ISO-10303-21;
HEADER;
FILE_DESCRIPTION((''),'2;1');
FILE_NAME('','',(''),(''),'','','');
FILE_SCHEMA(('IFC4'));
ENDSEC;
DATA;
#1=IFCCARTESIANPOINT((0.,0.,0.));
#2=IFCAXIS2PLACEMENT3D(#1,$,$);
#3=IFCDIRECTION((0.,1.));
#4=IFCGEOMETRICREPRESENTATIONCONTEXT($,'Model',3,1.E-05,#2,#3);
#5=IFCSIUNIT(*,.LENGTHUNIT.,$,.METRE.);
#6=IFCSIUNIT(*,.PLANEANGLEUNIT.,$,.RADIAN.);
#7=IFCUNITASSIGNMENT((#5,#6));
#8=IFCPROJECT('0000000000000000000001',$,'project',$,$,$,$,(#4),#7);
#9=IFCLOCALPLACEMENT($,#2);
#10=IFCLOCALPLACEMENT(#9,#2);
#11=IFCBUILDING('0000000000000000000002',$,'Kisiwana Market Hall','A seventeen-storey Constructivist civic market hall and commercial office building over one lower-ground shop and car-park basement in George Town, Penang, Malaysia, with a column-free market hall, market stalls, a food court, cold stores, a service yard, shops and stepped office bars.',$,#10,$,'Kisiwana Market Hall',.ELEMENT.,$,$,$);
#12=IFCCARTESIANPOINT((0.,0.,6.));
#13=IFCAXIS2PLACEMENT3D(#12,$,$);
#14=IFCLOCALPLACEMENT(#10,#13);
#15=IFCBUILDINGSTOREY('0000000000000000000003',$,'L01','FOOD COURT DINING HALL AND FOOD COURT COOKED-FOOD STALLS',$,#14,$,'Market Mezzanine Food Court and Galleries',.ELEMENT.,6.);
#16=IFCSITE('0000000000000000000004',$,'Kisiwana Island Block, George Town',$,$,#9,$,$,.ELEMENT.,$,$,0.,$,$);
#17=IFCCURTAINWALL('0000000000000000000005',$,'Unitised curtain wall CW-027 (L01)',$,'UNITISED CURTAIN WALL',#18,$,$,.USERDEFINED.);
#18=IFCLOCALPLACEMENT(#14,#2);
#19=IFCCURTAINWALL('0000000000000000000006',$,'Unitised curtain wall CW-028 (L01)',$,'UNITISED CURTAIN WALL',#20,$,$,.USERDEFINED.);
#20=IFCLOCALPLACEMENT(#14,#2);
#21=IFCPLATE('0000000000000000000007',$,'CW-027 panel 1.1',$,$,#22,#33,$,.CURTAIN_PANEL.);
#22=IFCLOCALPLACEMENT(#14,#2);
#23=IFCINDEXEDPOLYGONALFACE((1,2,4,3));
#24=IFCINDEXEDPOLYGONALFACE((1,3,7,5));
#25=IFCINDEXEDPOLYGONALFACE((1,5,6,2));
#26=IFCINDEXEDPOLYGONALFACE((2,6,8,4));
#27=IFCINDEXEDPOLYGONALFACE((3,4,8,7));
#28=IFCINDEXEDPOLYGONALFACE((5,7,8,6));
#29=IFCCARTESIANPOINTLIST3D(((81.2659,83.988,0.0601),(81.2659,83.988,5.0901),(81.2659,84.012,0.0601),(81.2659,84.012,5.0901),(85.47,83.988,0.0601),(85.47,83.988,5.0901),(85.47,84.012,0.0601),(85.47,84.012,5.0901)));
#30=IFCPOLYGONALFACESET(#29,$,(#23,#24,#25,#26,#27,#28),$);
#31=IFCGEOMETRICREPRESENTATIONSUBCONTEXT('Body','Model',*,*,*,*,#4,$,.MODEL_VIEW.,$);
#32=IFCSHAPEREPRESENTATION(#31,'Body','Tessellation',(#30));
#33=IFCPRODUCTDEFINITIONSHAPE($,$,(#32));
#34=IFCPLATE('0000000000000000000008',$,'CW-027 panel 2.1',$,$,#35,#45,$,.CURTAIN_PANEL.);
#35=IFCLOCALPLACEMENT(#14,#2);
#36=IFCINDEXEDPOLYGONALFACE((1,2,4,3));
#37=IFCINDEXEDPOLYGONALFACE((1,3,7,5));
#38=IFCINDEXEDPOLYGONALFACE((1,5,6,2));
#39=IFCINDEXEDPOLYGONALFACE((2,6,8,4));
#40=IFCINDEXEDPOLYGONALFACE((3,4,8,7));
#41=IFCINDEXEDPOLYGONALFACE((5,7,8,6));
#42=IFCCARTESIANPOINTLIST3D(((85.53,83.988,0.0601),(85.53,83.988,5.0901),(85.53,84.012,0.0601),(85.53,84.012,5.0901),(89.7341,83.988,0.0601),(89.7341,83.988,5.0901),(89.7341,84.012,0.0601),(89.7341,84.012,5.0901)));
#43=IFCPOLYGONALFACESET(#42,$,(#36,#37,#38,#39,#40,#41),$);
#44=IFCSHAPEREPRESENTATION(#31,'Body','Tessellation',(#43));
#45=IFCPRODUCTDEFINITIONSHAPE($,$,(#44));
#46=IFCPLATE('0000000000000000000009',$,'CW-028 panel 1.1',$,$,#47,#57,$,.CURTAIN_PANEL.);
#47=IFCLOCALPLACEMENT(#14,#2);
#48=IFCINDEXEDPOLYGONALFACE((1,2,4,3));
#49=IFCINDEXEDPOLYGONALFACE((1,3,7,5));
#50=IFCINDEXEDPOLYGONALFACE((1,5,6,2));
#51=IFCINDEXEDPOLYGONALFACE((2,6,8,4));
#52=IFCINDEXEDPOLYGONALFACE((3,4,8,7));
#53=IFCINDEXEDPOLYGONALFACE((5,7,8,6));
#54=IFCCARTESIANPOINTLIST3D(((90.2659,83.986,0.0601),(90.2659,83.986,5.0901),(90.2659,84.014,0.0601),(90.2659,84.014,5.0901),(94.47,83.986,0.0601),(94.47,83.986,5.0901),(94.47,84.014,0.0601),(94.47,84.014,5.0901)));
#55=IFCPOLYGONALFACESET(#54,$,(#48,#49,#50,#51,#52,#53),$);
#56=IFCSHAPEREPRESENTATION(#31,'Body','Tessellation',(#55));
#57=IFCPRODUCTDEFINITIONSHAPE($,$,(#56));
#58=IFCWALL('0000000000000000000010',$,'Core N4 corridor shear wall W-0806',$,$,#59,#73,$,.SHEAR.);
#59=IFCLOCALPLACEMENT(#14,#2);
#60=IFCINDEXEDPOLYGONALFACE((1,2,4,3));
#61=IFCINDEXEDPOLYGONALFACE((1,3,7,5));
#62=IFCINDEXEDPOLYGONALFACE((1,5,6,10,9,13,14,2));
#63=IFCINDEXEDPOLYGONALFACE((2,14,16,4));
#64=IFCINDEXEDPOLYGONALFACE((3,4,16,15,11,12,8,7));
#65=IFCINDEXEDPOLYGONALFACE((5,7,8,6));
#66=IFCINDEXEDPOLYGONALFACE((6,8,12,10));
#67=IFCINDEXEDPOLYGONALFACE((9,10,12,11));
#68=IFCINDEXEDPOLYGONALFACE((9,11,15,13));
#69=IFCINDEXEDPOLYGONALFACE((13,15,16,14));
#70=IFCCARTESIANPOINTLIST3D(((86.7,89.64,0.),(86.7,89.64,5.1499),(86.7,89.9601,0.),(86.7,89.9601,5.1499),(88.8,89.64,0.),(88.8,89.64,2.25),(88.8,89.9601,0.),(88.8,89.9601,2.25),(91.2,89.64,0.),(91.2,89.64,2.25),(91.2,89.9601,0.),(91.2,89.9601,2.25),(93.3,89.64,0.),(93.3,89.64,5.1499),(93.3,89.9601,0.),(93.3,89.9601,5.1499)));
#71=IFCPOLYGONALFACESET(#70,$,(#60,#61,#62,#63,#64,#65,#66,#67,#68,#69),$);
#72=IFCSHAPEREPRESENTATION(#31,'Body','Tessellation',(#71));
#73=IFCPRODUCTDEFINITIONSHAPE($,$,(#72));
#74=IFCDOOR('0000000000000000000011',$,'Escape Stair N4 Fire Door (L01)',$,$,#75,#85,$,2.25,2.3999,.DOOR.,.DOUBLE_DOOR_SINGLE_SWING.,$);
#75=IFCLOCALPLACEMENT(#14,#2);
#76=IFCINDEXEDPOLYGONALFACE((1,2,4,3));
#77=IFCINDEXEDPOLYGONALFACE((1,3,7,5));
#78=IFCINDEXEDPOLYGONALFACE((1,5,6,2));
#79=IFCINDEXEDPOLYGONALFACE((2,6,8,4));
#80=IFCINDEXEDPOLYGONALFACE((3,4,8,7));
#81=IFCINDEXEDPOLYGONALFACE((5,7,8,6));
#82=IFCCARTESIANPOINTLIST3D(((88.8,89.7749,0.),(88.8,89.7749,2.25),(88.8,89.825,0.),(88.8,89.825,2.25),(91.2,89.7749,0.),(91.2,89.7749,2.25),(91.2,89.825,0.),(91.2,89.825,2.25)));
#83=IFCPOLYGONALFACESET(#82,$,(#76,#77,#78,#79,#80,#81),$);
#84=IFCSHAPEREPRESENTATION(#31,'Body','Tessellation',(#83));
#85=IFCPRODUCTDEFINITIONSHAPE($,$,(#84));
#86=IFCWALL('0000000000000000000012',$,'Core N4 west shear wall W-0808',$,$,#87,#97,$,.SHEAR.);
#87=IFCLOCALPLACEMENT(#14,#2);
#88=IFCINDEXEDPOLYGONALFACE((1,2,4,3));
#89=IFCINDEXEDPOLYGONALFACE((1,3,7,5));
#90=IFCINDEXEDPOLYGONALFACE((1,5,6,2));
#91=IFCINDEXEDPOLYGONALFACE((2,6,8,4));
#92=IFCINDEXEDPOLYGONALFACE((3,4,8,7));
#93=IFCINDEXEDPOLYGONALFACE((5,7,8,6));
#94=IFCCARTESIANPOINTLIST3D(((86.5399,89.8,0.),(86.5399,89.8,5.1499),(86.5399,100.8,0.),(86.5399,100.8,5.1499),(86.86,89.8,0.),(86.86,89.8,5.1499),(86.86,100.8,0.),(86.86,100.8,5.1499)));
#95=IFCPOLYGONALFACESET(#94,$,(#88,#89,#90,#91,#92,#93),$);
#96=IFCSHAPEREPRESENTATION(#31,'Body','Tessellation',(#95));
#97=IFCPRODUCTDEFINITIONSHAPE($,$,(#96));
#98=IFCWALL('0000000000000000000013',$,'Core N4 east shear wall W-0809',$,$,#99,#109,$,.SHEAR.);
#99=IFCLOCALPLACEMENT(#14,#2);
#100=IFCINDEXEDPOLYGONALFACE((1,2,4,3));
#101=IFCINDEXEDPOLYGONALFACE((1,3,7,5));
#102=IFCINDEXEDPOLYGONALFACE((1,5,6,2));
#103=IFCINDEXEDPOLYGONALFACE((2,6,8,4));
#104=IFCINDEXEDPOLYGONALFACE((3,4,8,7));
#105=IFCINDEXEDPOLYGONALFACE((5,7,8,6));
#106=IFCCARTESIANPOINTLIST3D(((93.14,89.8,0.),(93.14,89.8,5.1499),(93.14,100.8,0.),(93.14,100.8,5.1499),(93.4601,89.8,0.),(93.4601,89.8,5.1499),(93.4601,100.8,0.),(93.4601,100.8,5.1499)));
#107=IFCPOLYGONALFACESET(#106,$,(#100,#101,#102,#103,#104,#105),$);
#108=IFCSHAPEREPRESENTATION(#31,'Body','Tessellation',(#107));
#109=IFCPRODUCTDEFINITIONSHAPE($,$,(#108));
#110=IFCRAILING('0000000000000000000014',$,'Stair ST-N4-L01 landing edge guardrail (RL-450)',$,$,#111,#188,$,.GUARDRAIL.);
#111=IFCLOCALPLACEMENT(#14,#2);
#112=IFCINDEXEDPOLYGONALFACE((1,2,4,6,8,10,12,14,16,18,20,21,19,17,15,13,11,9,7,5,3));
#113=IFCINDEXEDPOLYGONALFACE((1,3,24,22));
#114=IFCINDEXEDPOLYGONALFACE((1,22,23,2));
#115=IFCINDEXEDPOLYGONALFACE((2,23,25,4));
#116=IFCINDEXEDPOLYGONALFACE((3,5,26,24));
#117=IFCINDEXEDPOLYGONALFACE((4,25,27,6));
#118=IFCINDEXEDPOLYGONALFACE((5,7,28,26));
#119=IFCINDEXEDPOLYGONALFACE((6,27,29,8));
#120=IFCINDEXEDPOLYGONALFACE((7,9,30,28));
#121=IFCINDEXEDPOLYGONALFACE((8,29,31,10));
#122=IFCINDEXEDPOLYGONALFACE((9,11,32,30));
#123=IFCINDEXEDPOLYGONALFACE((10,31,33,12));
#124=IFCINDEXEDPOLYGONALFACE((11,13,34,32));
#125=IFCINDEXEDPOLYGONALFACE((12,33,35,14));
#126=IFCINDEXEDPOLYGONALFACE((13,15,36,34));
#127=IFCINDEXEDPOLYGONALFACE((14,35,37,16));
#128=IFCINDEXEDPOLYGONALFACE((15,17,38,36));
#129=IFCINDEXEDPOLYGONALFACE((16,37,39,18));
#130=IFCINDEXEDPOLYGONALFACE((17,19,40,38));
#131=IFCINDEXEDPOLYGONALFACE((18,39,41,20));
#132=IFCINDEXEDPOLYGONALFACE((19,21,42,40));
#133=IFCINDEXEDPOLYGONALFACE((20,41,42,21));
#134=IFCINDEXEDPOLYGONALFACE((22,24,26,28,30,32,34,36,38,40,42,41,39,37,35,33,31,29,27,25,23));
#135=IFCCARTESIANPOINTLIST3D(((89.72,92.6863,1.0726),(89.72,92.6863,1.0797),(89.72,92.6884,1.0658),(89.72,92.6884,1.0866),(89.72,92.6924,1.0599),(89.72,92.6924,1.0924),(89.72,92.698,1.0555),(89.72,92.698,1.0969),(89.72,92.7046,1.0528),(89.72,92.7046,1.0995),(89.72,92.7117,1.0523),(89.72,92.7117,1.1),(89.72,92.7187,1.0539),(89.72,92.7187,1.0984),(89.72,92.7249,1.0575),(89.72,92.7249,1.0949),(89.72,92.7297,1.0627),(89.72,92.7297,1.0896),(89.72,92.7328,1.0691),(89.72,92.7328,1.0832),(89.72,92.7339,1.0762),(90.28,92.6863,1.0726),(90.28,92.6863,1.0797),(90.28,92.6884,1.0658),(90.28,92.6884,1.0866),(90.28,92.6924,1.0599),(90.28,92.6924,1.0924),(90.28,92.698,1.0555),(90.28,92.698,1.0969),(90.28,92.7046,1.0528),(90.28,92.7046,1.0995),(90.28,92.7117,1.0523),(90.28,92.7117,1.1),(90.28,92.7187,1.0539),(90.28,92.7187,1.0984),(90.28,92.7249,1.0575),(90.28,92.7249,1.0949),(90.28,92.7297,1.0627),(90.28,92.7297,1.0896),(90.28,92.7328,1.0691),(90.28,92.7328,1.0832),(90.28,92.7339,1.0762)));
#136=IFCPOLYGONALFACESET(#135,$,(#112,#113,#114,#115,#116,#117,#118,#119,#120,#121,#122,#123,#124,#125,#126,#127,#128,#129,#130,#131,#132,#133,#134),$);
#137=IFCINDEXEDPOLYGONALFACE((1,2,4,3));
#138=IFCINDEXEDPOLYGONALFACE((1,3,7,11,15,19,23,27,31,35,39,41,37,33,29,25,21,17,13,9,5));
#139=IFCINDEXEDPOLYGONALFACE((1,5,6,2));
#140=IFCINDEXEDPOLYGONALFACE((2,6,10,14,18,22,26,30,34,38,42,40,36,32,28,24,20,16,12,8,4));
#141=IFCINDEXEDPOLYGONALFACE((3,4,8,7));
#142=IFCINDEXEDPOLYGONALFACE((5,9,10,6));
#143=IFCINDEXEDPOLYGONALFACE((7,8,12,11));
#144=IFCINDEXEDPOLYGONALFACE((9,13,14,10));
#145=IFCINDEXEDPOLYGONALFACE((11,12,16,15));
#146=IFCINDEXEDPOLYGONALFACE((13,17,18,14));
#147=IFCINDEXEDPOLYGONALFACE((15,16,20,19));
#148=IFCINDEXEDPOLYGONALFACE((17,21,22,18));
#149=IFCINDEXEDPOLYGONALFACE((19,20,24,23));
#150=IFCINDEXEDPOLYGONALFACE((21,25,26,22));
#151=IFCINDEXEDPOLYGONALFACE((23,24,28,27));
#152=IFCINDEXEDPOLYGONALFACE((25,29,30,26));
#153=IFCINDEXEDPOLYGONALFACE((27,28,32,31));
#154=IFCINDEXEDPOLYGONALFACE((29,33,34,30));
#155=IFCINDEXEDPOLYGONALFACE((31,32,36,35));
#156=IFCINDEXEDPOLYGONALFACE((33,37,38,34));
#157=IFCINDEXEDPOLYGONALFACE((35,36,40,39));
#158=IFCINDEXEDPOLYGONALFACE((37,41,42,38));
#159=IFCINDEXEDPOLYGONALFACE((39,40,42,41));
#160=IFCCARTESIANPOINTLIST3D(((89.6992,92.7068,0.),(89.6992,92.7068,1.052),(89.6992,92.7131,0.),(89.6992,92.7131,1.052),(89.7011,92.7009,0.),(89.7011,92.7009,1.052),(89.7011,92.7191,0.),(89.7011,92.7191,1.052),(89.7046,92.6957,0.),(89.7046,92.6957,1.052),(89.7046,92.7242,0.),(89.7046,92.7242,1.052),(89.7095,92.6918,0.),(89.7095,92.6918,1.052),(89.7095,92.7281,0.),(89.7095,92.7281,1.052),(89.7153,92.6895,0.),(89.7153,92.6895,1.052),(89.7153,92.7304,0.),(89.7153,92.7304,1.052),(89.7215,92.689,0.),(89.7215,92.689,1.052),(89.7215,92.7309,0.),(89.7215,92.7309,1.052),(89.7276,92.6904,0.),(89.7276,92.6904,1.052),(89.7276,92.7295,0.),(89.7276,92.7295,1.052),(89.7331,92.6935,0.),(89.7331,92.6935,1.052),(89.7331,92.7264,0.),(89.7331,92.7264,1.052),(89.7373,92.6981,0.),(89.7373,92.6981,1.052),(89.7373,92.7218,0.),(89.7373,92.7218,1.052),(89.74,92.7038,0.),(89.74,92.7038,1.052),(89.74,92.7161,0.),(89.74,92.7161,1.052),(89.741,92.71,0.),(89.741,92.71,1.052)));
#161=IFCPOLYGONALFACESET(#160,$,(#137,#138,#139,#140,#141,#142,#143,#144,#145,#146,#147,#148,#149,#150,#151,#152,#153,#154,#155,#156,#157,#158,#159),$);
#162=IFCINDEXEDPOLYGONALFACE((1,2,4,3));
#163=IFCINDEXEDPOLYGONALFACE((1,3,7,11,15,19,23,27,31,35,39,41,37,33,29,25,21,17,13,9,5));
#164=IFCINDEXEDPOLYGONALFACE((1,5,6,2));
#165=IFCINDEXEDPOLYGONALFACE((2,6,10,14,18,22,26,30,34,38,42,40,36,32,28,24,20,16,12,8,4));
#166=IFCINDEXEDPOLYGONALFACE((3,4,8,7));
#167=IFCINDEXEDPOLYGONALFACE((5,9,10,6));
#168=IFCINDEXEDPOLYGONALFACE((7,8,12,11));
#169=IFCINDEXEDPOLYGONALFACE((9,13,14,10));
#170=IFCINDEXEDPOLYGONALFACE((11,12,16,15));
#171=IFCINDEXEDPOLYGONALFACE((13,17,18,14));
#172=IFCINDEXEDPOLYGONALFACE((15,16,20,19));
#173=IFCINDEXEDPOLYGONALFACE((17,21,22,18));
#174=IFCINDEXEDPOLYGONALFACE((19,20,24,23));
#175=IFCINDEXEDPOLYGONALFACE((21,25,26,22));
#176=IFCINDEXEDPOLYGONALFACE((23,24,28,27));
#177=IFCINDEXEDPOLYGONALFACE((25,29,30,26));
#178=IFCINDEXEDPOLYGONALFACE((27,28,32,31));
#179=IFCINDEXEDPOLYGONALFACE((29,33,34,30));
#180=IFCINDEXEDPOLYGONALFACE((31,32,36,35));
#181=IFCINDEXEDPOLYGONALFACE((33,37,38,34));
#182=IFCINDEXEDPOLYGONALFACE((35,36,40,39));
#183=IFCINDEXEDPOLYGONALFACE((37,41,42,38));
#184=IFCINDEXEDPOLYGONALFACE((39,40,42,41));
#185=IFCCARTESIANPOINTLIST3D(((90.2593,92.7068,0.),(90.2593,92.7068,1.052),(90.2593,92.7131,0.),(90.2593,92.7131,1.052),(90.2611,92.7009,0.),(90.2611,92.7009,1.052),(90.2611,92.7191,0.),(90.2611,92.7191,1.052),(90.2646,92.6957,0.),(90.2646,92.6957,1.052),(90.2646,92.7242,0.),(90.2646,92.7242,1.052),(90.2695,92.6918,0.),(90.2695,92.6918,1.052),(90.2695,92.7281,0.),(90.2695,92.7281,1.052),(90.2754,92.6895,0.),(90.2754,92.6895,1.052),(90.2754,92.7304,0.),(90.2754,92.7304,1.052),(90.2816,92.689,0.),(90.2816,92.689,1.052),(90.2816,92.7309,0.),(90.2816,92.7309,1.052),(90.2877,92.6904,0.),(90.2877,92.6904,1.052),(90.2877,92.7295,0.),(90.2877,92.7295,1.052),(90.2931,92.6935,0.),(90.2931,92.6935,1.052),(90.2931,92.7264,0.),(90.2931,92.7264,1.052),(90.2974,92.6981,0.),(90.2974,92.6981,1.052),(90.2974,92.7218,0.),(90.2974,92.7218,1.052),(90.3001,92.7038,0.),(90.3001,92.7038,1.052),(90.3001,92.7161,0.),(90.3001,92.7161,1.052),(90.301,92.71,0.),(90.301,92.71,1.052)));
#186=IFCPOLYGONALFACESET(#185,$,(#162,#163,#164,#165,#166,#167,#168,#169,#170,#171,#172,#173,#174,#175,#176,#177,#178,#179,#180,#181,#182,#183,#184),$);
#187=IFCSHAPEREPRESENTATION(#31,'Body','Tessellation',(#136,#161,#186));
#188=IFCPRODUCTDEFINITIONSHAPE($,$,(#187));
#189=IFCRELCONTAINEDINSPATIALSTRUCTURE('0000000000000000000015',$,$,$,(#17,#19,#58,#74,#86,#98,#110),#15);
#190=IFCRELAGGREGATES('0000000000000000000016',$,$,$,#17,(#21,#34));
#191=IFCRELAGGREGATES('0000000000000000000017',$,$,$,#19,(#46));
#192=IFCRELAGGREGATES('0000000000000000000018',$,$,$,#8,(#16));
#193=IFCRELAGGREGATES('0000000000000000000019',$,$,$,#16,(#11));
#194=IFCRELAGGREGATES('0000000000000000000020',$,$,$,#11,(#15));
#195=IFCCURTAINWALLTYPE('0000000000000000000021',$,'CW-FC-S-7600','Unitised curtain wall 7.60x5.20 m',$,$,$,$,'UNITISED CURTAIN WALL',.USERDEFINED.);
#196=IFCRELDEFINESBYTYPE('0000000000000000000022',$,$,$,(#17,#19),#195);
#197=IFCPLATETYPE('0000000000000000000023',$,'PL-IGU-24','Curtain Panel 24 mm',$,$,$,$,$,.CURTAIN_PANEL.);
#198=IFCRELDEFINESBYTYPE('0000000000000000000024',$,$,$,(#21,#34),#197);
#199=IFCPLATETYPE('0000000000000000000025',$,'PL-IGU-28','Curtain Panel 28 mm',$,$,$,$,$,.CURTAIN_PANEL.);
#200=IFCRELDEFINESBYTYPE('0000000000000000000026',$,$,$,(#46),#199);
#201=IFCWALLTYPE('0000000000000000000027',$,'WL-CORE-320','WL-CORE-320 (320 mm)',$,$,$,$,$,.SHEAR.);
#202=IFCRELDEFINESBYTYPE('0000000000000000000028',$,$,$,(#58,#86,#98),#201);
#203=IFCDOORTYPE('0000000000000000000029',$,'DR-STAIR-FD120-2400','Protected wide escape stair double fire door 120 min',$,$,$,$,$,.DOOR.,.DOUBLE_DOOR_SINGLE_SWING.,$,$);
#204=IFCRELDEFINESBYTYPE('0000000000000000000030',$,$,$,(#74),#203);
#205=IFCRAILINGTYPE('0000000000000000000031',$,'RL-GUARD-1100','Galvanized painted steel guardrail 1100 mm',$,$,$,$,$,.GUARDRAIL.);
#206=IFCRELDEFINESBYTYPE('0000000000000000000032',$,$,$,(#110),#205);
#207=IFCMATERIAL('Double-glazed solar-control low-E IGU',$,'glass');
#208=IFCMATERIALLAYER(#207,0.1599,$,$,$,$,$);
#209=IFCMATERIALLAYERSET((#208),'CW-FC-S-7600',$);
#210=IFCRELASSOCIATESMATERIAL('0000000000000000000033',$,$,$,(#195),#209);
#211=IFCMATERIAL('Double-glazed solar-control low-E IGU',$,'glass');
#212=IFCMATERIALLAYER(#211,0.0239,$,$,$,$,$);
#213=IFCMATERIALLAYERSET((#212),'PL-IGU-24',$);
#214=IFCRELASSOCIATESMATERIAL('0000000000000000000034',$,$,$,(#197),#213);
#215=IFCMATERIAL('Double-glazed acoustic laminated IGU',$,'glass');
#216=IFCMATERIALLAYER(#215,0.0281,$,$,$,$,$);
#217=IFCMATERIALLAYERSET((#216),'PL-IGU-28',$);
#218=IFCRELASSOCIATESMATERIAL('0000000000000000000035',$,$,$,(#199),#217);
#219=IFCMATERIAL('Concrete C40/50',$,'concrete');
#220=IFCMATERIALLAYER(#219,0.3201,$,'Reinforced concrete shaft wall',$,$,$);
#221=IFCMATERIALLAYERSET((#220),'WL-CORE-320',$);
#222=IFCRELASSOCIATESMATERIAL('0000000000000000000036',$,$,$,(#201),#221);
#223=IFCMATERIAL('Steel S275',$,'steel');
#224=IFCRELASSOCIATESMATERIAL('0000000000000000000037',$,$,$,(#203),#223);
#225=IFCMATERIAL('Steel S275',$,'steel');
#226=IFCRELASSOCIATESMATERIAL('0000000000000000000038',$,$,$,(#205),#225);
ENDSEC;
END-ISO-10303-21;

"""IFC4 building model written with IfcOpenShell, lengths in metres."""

from ifc_helpers import new_model, si_unit, direction, frame, frame_2d, origin, origin_2d, place, context, subcontext, project, spatial, rectangle, circle, extrude, material, layer, layer_set, type_object, element, fill, aggregate, save


model = new_model("IFC4")

# Units and contexts
model_context = context("Model", 3, precision=1e-05, world=origin(), true_north=direction((0.0, 1.0)))
body_context = subcontext(model_context, "Body", "Model", "MODEL_VIEW")
ifc_project = project(units=[si_unit("LENGTHUNIT", "METRE"), si_unit("PLANEANGLEUNIT", "RADIAN")], contexts=[model_context])

# Site, building, storey
site_placement = place(None, origin())
site = spatial("IfcSite", under=ifc_project, at=site_placement, Name="Kisiwana Island Block, George Town", CompositionType="ELEMENT", RefElevation=0.0)
building_placement = place(site_placement, origin())
building = spatial("IfcBuilding", under=site, at=building_placement, Name="Kisiwana Market Hall", Description="A seventeen-storey Constructivist civic market hall and commercial office building over one lower-ground shop and car-park basement in George Town, Penang, Malaysia, with a column-free market hall, market stalls, a food court, cold stores, a service yard, shops and stepped office bars.", LongName="Kisiwana Market Hall", CompositionType="ELEMENT")
storey_placement = place(building_placement, frame((0.0, 0.0, 6.0)))
storey = spatial("IfcBuildingStorey", under=building, at=storey_placement, Name="L01", Description="FOOD COURT DINING HALL AND FOOD COURT COOKED-FOOD STALLS", LongName="Market Mezzanine Food Court and Galleries", CompositionType="ELEMENT", Elevation=6.0)

# Curtain wall
ifc_material_1 = material(Name="Double-glazed solar-control low-E IGU", Category="glass")
ifc_layer_1 = layer(ifc_material_1, 0.1599)
ifc_layer_set_1 = layer_set([ifc_layer_1], Name="CW-FC-S-7600")
curtain_wall_type = type_object("IfcCurtainWallType", Name="CW-FC-S-7600", Description="Unitised curtain wall 7.60x5.20 m", ElementType="UNITISED CURTAIN WALL", PredefinedType="USERDEFINED", material=ifc_layer_set_1)
curtain_wall_1_placement = place(storey_placement, origin())
curtain_wall_1 = element("IfcCurtainWall", 1, at=curtain_wall_1_placement, inside=storey, type_object=curtain_wall_type, Name="Unitised curtain wall CW-027 (L01)", ObjectType="UNITISED CURTAIN WALL", PredefinedType="USERDEFINED")

# Curtain wall
curtain_wall_2_placement = place(storey_placement, origin())
curtain_wall_2 = element("IfcCurtainWall", 2, at=curtain_wall_2_placement, inside=storey, type_object=curtain_wall_type, Name="Unitised curtain wall CW-028 (L01)", ObjectType="UNITISED CURTAIN WALL", PredefinedType="USERDEFINED")

# Plates
ifc_material_2 = material(Name="Double-glazed solar-control low-E IGU", Category="glass")
ifc_layer_2 = layer(ifc_material_2, 0.0239)
ifc_layer_set_2 = layer_set([ifc_layer_2], Name="PL-IGU-24")
plate_type_1 = type_object("IfcPlateType", Name="PL-IGU-24", Description="Curtain Panel 24 mm", PredefinedType="CURTAIN_PANEL", material=ifc_layer_set_2)
plate_1_placement = place(storey_placement, frame((83.3679, 84.0, 0.0601), z_axis=(0.0, 0.0, 1.0), x_axis=(1.0, 0.0, 0.0)))
plate_1 = element("IfcPlate", 3, at=plate_1_placement, type_object=plate_type_1, Name="CW-027 panel 1.1", PredefinedType="CURTAIN_PANEL", context=body_context, shape_type="SweptSolid", body=[
    extrude(rectangle(XDim=4.2041, YDim=0.0239, at=origin_2d()), origin(), (0.0, 0.0, 1.0), 5.03),
])
plate_2_placement = place(storey_placement, frame((87.6321, 84.0, 0.0601), z_axis=(0.0, 0.0, 1.0), x_axis=(1.0, 0.0, 0.0)))
plate_2 = element("IfcPlate", 4, at=plate_2_placement, type_object=plate_type_1, Name="CW-027 panel 2.1", PredefinedType="CURTAIN_PANEL", context=body_context, shape_type="SweptSolid", body=[
    extrude(rectangle(XDim=4.2041, YDim=0.0239, at=origin_2d()), origin(), (0.0, 0.0, 1.0), 5.03),
])
aggregate(curtain_wall_1, [plate_1, plate_2])
ifc_material_3 = material(Name="Double-glazed acoustic laminated IGU", Category="glass")
ifc_layer_3 = layer(ifc_material_3, 0.0281)
ifc_layer_set_3 = layer_set([ifc_layer_3], Name="PL-IGU-28")
plate_type_2 = type_object("IfcPlateType", Name="PL-IGU-28", Description="Curtain Panel 28 mm", PredefinedType="CURTAIN_PANEL", material=ifc_layer_set_3)
plate_3_placement = place(storey_placement, frame((92.3679, 84.0, 0.0601), z_axis=(0.0, 0.0, 1.0), x_axis=(1.0, 0.0, 0.0)))
plate_3 = element("IfcPlate", 5, at=plate_3_placement, type_object=plate_type_2, Name="CW-028 panel 1.1", PredefinedType="CURTAIN_PANEL", context=body_context, shape_type="SweptSolid", body=[
    extrude(rectangle(XDim=4.2041, YDim=0.0281, at=origin_2d()), origin(), (0.0, 0.0, 1.0), 5.03),
])
aggregate(curtain_wall_2, [plate_3])

# Wall, opening, door
ifc_material_4 = material(Name="Concrete C40/50", Category="concrete")
ifc_layer_4 = layer(ifc_material_4, 0.3201, Name="Reinforced concrete shaft wall")
ifc_layer_set_4 = layer_set([ifc_layer_4], Name="WL-CORE-320")
wall_type = type_object("IfcWallType", Name="WL-CORE-320", Description="WL-CORE-320 (320 mm)", PredefinedType="SHEAR", material=ifc_layer_set_4)
wall_placement = place(storey_placement, frame((86.7, 89.8, 0.0), z_axis=(0.0, 0.0, 1.0), x_axis=(1.0, 0.0, 0.0)))
wall = element("IfcWall", 6, at=wall_placement, inside=storey, type_object=wall_type, Name="Core N4 corridor shear wall W-0806", PredefinedType="SHEAR", context=body_context, shape_type="SweptSolid", body=[
    extrude(rectangle(XDim=6.6001, YDim=0.3201, at=frame_2d((3.3, 0.0))), origin(), (0.0, 0.0, 1.0), 5.1499),
])
opening_placement = place(wall_placement, frame((2.1001, 0.0, 0.0)))
opening = element("IfcOpeningElement", 7, at=opening_placement, cuts=wall, PredefinedType="OPENING", context=body_context, shape_type="SweptSolid", body=[
    extrude(rectangle(XDim=2.3999, YDim=2.25, at=frame_2d((1.2, 1.125))), frame((0.0, 0.1719, 0.0), z_axis=(0.0, -1.0, 0.0), x_axis=(1.0, 0.0, 0.0)), (0.0, 0.0, 1.0), 0.344),
])
ifc_material_5 = material(Name="Steel S275", Category="steel")
door_type = type_object("IfcDoorType", Name="DR-STAIR-FD120-2400", Description="Protected wide escape stair double fire door 120 min", OperationType="DOUBLE_DOOR_SINGLE_SWING", PredefinedType="DOOR", material=ifc_material_5)
door_placement = place(opening_placement, origin())
door = element("IfcDoor", 8, at=door_placement, inside=storey, type_object=door_type, Name="Escape Stair N4 Fire Door (L01)", OperationType="DOUBLE_DOOR_SINGLE_SWING", OverallHeight=2.25, OverallWidth=2.3999, PredefinedType="DOOR", context=body_context, shape_type="SweptSolid", body=[
    extrude(rectangle(XDim=2.3999, YDim=2.25, at=frame_2d((1.2, 1.125))), frame((0.0, 0.0249, 0.0), z_axis=(0.0, -1.0, 0.0), x_axis=(1.0, 0.0, 0.0)), (0.0, 0.0, 1.0), 0.05),
])
fill(opening, door)

# Walls
for number, where, z_axis, x_axis, name in (
    (9, (86.7, 89.8, 0.0), (0.0, 0.0, 1.0), (0.0, 1.0, 0.0), "Core N4 west shear wall W-0808"),
    (10, (93.3, 89.8, 0.0), (0.0, 0.0, 1.0), (0.0, 1.0, 0.0), "Core N4 east shear wall W-0809"),
):
    element("IfcWall", number, at=place(storey_placement, frame(where, z_axis=z_axis, x_axis=x_axis)), inside=storey, type_object=wall_type, Name=name, PredefinedType="SHEAR", context=body_context, shape_type="SweptSolid", body=[
        extrude(rectangle(XDim=11.0, YDim=0.3201, at=frame_2d((5.5, 0.0))), origin(), (0.0, 0.0, 1.0), 5.1499),
    ])

# Railing
ifc_material_6 = material(Name="Steel S275", Category="steel")
railing_type_1 = type_object("IfcRailingType", Name="RL-GUARD-1100", Description="Galvanized painted steel guardrail 1100 mm", PredefinedType="GUARDRAIL", material=ifc_material_6)
railing_1_placement = place(storey_placement, frame((89.72, 92.71, 0.0)))
element("IfcRailing", 11, at=railing_1_placement, inside=storey, type_object=railing_type_1, Name="Stair ST-N4-L01 landing edge guardrail (RL-450)", PredefinedType="GUARDRAIL", context=body_context, shape_type="SweptSolid", body=[
    extrude(circle(Radius=0.0239, at=origin_2d()), frame((0.0, 0.0, 1.0762), z_axis=(1.0, 0.0, 0.0), x_axis=(0.0, 1.0, 0.0)), (0.0, 0.0, 1.0), 0.5601),
    extrude(circle(Radius=0.021, at=origin_2d()), origin(), (0.0, 0.0, 1.0), 1.052),
    extrude(circle(Radius=0.021, at=origin_2d()), frame((0.5601, 0.0, 0.0)), (0.0, 0.0, 1.0), 1.052),
])

save(model, "model.ifc")
